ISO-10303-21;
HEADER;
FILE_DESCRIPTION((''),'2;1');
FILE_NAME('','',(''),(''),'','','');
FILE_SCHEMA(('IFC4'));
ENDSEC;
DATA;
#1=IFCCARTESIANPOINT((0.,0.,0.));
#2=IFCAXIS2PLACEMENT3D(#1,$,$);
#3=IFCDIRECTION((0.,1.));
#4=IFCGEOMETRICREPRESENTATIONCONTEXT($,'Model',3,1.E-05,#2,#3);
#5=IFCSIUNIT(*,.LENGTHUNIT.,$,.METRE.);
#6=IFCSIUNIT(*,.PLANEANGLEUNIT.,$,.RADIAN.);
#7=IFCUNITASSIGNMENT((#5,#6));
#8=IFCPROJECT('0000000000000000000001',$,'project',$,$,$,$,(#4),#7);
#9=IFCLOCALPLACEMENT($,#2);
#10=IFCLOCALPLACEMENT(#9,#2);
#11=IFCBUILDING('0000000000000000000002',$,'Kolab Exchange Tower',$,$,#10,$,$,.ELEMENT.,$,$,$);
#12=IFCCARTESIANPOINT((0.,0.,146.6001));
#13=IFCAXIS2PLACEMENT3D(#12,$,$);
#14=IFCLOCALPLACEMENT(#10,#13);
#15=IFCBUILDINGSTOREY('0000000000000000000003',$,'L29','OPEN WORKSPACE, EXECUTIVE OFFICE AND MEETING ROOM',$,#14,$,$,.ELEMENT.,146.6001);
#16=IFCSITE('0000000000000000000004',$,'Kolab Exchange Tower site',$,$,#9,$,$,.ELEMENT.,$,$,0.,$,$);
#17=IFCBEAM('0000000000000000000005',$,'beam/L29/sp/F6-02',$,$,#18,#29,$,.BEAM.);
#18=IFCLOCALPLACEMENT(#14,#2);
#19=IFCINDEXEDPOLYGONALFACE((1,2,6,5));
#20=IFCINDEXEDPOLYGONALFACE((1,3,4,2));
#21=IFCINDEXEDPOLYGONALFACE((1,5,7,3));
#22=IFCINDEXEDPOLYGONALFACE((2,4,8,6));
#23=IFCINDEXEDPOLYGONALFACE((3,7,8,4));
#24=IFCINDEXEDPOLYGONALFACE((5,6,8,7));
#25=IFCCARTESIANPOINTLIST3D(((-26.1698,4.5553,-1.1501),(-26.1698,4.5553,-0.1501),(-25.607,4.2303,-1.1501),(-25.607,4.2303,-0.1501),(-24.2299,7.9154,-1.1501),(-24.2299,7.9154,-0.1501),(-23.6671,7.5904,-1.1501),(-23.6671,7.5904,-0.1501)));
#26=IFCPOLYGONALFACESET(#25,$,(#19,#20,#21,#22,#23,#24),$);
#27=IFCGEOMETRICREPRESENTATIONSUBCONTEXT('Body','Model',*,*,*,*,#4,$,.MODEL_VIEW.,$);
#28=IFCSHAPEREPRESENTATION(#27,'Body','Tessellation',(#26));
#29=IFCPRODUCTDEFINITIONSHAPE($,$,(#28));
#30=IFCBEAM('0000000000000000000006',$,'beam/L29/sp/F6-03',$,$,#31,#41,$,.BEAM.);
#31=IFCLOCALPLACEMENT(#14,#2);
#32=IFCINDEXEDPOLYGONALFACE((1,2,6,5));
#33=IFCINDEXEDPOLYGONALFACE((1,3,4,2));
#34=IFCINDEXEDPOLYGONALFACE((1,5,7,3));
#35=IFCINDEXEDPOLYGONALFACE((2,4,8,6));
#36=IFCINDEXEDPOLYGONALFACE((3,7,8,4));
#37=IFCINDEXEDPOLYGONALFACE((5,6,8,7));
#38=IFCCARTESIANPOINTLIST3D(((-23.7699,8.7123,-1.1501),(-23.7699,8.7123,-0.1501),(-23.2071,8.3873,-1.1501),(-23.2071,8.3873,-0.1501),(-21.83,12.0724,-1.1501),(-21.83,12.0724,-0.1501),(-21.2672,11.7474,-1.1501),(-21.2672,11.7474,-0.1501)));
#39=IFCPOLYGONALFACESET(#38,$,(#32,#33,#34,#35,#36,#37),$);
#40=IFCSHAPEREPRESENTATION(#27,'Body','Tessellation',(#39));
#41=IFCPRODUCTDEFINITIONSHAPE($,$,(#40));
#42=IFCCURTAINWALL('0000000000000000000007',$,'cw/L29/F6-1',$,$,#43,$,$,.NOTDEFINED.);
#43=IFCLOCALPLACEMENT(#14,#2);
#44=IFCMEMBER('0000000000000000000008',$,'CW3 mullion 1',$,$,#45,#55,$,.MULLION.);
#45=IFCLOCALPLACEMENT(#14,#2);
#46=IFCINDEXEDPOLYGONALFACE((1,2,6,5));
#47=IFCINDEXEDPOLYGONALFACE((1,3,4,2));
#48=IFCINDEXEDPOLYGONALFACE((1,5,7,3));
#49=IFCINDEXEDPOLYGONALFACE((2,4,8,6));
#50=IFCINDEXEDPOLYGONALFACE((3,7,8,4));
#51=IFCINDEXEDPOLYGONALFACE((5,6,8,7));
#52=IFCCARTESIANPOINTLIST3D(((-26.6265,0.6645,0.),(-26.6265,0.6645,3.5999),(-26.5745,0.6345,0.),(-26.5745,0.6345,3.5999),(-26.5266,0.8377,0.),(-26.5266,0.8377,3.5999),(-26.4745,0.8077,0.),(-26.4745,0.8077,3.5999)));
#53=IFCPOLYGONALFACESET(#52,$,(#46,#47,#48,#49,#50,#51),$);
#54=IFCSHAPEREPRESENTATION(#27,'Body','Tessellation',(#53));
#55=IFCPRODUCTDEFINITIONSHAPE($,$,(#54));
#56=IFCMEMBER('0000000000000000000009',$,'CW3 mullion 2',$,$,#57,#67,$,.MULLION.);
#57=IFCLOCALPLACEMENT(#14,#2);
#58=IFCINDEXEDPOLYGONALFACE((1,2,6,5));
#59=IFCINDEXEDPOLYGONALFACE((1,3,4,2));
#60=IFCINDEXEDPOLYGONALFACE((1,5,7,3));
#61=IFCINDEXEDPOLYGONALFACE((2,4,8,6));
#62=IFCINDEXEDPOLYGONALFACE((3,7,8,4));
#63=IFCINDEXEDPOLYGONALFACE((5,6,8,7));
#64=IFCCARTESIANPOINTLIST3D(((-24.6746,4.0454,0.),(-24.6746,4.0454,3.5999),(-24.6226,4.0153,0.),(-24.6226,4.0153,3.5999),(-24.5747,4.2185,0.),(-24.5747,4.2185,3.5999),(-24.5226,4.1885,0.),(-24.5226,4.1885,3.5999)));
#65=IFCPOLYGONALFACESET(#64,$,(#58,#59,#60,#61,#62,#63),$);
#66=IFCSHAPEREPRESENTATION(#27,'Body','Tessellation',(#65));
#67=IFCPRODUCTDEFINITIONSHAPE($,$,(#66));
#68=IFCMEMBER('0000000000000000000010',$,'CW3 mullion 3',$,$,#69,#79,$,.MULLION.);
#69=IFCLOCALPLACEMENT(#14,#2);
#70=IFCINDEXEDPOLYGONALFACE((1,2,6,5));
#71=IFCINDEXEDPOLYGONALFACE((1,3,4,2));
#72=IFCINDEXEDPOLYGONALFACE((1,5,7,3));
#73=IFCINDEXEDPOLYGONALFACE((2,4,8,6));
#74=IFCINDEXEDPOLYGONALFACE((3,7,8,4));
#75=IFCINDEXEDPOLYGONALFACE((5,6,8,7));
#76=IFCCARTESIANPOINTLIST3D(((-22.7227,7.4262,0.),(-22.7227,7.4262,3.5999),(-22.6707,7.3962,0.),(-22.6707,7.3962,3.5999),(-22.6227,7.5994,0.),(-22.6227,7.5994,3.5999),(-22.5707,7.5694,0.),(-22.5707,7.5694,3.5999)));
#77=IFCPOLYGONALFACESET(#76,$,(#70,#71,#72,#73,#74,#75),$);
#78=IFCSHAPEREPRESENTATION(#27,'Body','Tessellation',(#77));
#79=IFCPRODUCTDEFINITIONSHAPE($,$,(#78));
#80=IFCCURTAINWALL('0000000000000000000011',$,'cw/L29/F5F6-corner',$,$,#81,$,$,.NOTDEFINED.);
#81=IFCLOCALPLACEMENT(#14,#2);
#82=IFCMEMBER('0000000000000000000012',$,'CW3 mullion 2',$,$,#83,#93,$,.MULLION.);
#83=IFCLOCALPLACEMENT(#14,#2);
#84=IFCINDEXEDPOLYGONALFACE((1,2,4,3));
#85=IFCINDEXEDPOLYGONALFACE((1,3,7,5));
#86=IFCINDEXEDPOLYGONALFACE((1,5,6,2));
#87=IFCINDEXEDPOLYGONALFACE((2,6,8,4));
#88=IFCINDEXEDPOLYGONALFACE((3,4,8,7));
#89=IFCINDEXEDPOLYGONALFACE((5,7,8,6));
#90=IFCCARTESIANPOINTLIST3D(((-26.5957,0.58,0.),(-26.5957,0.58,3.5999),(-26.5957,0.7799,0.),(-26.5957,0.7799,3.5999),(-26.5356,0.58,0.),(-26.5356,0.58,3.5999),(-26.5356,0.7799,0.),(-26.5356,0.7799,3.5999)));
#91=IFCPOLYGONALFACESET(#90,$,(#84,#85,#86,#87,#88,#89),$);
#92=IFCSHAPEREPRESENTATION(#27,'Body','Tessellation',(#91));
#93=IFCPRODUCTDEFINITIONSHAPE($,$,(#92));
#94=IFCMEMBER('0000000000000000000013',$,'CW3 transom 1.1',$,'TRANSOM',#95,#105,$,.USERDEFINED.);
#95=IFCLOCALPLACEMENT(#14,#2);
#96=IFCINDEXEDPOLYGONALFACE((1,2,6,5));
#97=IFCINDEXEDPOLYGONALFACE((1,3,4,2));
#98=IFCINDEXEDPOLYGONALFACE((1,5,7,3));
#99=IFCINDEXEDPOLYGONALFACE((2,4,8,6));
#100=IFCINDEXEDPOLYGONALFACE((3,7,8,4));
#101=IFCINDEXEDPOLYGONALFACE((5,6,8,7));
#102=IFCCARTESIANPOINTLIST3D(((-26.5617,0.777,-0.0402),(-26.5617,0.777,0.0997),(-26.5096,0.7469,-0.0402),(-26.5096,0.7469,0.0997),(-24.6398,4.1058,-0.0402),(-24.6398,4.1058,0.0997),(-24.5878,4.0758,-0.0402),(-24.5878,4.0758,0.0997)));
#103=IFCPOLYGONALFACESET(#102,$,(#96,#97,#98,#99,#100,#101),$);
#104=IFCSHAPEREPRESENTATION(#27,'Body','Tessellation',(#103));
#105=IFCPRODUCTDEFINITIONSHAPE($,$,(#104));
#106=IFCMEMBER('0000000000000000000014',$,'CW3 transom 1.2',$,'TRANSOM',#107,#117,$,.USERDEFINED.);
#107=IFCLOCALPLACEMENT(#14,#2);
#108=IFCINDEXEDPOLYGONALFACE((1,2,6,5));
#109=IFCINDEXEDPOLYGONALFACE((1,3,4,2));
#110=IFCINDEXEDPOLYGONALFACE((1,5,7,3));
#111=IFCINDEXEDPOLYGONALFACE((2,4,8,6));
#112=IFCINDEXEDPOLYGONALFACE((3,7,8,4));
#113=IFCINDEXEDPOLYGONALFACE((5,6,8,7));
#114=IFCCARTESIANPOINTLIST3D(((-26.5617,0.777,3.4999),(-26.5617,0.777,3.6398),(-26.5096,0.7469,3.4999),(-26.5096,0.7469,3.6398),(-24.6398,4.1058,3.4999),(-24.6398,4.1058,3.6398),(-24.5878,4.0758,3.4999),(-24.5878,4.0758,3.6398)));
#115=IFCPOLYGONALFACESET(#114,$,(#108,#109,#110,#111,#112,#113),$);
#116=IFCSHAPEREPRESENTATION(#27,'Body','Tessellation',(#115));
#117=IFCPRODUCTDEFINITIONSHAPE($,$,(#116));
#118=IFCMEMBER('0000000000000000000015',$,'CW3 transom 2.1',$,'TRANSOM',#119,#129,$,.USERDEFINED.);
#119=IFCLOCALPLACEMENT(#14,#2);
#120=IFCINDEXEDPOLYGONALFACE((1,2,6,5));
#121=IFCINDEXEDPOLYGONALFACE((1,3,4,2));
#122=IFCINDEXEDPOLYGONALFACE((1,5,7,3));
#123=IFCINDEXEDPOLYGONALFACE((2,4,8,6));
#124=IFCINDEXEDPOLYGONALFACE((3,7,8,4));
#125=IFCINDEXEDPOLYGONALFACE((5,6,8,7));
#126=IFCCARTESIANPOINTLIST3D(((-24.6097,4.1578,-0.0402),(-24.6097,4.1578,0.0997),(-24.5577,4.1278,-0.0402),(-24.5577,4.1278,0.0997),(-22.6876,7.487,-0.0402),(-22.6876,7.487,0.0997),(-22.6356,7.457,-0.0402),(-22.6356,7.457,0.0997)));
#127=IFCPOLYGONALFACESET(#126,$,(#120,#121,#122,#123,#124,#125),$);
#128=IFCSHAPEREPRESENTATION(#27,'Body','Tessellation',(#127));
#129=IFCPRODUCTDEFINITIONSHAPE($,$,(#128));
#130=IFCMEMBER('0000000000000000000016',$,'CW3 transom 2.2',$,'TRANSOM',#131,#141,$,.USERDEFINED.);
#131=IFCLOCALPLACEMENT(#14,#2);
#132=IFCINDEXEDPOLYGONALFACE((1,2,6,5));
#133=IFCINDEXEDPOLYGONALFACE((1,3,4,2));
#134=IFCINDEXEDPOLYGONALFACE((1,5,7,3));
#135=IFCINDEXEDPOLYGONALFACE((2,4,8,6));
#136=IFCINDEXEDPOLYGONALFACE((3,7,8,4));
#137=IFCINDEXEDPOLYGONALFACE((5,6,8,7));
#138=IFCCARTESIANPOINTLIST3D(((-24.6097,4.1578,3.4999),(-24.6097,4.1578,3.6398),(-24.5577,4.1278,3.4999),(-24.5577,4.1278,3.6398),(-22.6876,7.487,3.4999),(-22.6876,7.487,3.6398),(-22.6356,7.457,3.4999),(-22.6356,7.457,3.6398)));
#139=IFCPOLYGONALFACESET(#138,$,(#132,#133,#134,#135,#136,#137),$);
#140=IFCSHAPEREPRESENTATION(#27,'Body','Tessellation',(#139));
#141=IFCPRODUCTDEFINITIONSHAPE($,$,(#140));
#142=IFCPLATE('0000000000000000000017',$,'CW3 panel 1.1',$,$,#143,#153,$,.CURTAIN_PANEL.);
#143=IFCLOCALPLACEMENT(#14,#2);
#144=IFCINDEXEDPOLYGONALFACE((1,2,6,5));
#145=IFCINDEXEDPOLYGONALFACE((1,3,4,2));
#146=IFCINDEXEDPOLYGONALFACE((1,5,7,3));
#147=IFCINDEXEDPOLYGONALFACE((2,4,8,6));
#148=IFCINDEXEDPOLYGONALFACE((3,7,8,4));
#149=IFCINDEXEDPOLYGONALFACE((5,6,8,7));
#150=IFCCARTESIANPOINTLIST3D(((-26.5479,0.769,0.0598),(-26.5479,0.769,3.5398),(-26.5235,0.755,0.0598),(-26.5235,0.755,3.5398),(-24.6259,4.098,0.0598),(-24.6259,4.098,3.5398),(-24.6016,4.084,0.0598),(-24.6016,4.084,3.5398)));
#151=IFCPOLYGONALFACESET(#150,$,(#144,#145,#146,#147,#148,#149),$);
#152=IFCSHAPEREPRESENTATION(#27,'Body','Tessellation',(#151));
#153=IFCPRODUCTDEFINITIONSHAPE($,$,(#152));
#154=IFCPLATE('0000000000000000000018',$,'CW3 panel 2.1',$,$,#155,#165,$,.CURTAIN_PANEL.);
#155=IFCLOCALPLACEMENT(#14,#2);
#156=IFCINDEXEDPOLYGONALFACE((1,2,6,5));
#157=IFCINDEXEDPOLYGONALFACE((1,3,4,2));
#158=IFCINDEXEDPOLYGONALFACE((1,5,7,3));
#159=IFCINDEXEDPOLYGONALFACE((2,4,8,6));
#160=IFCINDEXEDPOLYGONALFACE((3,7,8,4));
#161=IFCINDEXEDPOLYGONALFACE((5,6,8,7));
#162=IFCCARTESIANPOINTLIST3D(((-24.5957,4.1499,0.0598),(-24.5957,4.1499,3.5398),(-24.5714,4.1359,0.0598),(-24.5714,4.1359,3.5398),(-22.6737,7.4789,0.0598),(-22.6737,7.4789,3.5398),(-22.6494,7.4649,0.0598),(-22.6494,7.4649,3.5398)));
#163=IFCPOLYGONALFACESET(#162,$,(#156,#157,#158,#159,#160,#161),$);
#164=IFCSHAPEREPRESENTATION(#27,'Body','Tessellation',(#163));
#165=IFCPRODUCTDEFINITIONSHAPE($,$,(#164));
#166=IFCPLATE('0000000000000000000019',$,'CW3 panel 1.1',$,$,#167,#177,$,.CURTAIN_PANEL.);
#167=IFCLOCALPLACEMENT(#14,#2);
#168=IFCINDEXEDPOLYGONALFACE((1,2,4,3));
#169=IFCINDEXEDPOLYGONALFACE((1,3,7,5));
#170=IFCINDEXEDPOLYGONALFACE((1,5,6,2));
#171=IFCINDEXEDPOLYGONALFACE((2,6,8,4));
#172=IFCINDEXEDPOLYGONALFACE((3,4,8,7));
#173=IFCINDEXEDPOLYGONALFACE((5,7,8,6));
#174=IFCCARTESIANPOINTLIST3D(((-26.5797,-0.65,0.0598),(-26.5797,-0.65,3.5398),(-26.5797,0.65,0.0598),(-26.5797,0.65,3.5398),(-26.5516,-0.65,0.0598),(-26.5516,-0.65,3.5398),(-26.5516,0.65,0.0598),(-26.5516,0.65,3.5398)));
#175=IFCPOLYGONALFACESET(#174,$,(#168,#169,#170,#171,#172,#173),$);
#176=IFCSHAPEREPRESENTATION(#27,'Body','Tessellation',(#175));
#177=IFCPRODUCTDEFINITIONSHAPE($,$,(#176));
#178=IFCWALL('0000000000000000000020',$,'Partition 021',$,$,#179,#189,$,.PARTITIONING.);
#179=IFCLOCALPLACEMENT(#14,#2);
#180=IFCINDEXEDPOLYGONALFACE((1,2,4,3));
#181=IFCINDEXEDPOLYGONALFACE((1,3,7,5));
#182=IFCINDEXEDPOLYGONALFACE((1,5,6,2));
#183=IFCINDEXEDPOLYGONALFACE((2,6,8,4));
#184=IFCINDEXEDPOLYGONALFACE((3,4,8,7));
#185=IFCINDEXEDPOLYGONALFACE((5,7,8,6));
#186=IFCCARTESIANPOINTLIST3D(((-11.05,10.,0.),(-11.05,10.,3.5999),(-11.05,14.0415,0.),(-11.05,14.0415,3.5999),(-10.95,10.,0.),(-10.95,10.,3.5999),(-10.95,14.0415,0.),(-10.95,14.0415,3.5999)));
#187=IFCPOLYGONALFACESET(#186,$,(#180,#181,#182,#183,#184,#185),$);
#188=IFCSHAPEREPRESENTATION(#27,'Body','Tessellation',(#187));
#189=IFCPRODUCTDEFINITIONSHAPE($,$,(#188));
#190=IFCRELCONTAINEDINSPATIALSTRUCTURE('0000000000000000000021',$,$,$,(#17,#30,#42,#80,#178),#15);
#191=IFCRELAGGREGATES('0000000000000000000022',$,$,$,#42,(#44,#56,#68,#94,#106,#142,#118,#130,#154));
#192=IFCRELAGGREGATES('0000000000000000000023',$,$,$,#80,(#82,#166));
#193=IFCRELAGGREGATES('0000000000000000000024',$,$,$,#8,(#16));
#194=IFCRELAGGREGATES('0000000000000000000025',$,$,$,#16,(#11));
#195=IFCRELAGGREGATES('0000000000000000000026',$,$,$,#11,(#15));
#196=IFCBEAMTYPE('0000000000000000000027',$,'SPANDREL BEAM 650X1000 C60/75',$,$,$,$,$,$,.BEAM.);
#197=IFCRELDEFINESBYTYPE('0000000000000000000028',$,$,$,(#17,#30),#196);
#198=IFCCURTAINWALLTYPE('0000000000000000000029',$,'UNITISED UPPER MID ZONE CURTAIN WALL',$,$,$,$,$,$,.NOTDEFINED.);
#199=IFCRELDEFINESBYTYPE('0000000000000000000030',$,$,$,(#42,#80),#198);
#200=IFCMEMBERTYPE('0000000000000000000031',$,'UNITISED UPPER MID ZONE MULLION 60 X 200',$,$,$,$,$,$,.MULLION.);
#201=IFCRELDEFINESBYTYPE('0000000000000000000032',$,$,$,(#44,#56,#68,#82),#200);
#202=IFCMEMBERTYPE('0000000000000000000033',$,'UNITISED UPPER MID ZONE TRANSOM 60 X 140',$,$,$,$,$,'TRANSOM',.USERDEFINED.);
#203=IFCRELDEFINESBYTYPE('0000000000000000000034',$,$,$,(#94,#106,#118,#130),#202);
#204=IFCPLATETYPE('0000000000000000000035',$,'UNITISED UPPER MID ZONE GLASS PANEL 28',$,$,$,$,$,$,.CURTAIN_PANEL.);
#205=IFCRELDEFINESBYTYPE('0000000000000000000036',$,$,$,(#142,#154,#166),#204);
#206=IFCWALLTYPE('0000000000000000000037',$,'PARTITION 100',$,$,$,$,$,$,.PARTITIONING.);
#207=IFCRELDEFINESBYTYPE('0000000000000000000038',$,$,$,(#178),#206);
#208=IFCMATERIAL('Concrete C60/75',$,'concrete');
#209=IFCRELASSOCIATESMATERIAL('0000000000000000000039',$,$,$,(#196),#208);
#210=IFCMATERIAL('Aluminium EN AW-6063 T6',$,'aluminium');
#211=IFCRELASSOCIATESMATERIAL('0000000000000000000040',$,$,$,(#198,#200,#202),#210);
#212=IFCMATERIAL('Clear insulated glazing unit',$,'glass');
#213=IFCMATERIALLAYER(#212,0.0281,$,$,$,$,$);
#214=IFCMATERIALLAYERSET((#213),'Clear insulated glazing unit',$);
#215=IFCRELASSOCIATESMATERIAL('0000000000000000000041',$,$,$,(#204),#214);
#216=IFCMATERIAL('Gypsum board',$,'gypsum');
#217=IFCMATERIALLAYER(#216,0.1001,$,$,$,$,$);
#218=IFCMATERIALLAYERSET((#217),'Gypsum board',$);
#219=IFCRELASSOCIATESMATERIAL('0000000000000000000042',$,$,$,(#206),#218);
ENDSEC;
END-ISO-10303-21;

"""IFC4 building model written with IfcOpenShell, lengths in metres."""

from ifc_helpers import new_model, si_unit, direction, frame, frame_2d, origin, origin_2d, place, context, subcontext, project, spatial, rectangle, extrude, material, layer, layer_set, material_profile, profile_set, type_object, element, aggregate, save


model = new_model("IFC4")

# Units and contexts
model_context = context("Model", 3, precision=1e-05, world=origin(), true_north=direction((0.0, 1.0)))
body_context = subcontext(model_context, "Body", "Model", "MODEL_VIEW")
ifc_project = project(units=[si_unit("LENGTHUNIT", "METRE"), si_unit("PLANEANGLEUNIT", "RADIAN")], contexts=[model_context])

# Site, building, storey
site_placement = place(None, origin())
site = spatial("IfcSite", under=ifc_project, at=site_placement, Name="Kolab Exchange Tower site", CompositionType="ELEMENT", RefElevation=0.0)
building_placement = place(site_placement, origin())
building = spatial("IfcBuilding", under=site, at=building_placement, Name="Kolab Exchange Tower", CompositionType="ELEMENT")
storey_placement = place(building_placement, frame((0.0, 0.0, 146.6001)))
storey = spatial("IfcBuildingStorey", under=building, at=storey_placement, Name="L29", Description="OPEN WORKSPACE, EXECUTIVE OFFICE AND MEETING ROOM", CompositionType="ELEMENT", Elevation=146.6001)

# Shared definitions
ifc_material_1 = material(Name="Concrete C60/75", Category="concrete")

# Beams
ifc_material_profile_1 = material_profile(ifc_material_1, rectangle(XDim=0.6499, YDim=1.0, at=origin_2d()), Name="RC650X1000")
ifc_profile_set_1 = profile_set([ifc_material_profile_1], Name="Concrete C60/75")
beam_type_1 = type_object("IfcBeamType", Name="SPANDREL BEAM 650X1000 C60/75", PredefinedType="BEAM", material=ifc_profile_set_1)
for number, where, z_axis, x_axis, name in (
    (1, (-25.8884, 4.3928, -0.6501), (0.499997, 0.866027, 0.0), (-0.866027, 0.499997, 0.0), "beam/L29/sp/F6-02"),
    (2, (-23.4885, 8.5498, -0.6501), (0.499997, 0.866027, 0.0), (-0.866027, 0.499997, 0.0), "beam/L29/sp/F6-03"),
):
    element("IfcBeam", number, at=place(storey_placement, frame(where, z_axis=z_axis, x_axis=x_axis)), inside=storey, type_object=beam_type_1, Name=name, PredefinedType="BEAM", context=body_context, shape_type="SweptSolid", body=[
        extrude(rectangle(XDim=0.6499, YDim=1.0, at=origin_2d()), origin(), (0.0, 0.0, 1.0), 3.8799),
    ])

# Curtain wall, members
ifc_material_2 = material(Name="Aluminium EN AW-6063 T6", Category="aluminium")
curtain_wall_type = type_object("IfcCurtainWallType", Name="UNITISED UPPER MID ZONE CURTAIN WALL", PredefinedType="NOTDEFINED", material=ifc_material_2)
curtain_wall_1_placement = place(storey_placement, origin())
curtain_wall_1 = element("IfcCurtainWall", 3, at=curtain_wall_1_placement, inside=storey, type_object=curtain_wall_type, Name="cw/L29/F6-1", PredefinedType="NOTDEFINED")
ifc_material_profile_2 = material_profile(ifc_material_2, rectangle(XDim=0.0601, YDim=0.2, at=origin_2d()), Name="RECT 60X200")
ifc_profile_set_2 = profile_set([ifc_material_profile_2], Name="Aluminium EN AW-6063 T6")
member_type_1 = type_object("IfcMemberType", Name="UNITISED UPPER MID ZONE MULLION 60 X 200", PredefinedType="MULLION", material=ifc_profile_set_2)
member_1_placement = place(storey_placement, frame((-26.5505, 0.7361, 0.0), z_axis=(0.0, 0.0, 1.0), x_axis=(-0.866025, 0.5, 0.0)))
member_1 = element("IfcMember", 4, at=member_1_placement, type_object=member_type_1, Name="CW3 mullion 1", PredefinedType="MULLION", context=body_context, shape_type="SweptSolid", body=[
    extrude(rectangle(XDim=0.0601, YDim=0.2, at=origin_2d()), origin(), (0.0, 0.0, 1.0), 3.5999),
])
member_2_placement = place(storey_placement, frame((-24.5986, 4.1169, 0.0), z_axis=(0.0, 0.0, 1.0), x_axis=(-0.866025, 0.5, 0.0)))
member_2 = element("IfcMember", 5, at=member_2_placement, type_object=member_type_1, Name="CW3 mullion 2", PredefinedType="MULLION", context=body_context, shape_type="SweptSolid", body=[
    extrude(rectangle(XDim=0.0601, YDim=0.2, at=origin_2d()), origin(), (0.0, 0.0, 1.0), 3.5999),
])
member_3_placement = place(storey_placement, frame((-22.6467, 7.4978, 0.0), z_axis=(0.0, 0.0, 1.0), x_axis=(-0.866025, 0.5, 0.0)))
member_3 = element("IfcMember", 6, at=member_3_placement, type_object=member_type_1, Name="CW3 mullion 3", PredefinedType="MULLION", context=body_context, shape_type="SweptSolid", body=[
    extrude(rectangle(XDim=0.0601, YDim=0.2, at=origin_2d()), origin(), (0.0, 0.0, 1.0), 3.5999),
])

# Curtain wall, member
curtain_wall_2_placement = place(storey_placement, origin())
curtain_wall_2 = element("IfcCurtainWall", 7, at=curtain_wall_2_placement, inside=storey, type_object=curtain_wall_type, Name="cw/L29/F5F6-corner", PredefinedType="NOTDEFINED")
member_4_placement = place(storey_placement, frame((-26.5657, 0.6799, 0.0), z_axis=(0.0, 0.0, 1.0), x_axis=(-1.0, 0.0, 0.0)))
member_4 = element("IfcMember", 8, at=member_4_placement, type_object=member_type_1, Name="CW3 mullion 2", PredefinedType="MULLION", context=body_context, shape_type="SweptSolid", body=[
    extrude(rectangle(XDim=0.0601, YDim=0.2, at=origin_2d()), origin(), (0.0, 0.0, 1.0), 3.5999),
])

# Members
ifc_material_profile_3 = material_profile(ifc_material_2, rectangle(XDim=0.0601, YDim=0.1399, at=origin_2d()), Name="RECT 60X140")
ifc_profile_set_3 = profile_set([ifc_material_profile_3], Name="Aluminium EN AW-6063 T6")
member_type_2 = type_object("IfcMemberType", Name="UNITISED UPPER MID ZONE TRANSOM 60 X 140", ElementType="TRANSOM", PredefinedType="USERDEFINED", material=ifc_profile_set_3)
member_5_placement = place(storey_placement, frame((-26.5356, 0.762, 0.0298), z_axis=(0.499992, 0.86603, 0.0), x_axis=(-0.86603, 0.499992, 0.0)))
member_5 = element("IfcMember", 9, at=member_5_placement, type_object=member_type_2, Name="CW3 transom 1.1", ObjectType="TRANSOM", PredefinedType="USERDEFINED", context=body_context, shape_type="SweptSolid", body=[
    extrude(rectangle(XDim=0.0601, YDim=0.1399, at=origin_2d()), origin(), (0.0, 0.0, 1.0), 3.8438),
])
member_6_placement = place(storey_placement, frame((-26.5356, 0.762, 3.5698), z_axis=(0.499992, 0.86603, 0.0), x_axis=(-0.86603, 0.499992, 0.0)))
member_6 = element("IfcMember", 10, at=member_6_placement, type_object=member_type_2, Name="CW3 transom 1.2", ObjectType="TRANSOM", PredefinedType="USERDEFINED", context=body_context, shape_type="SweptSolid", body=[
    extrude(rectangle(XDim=0.0601, YDim=0.1399, at=origin_2d()), origin(), (0.0, 0.0, 1.0), 3.8438),
])
member_7_placement = place(storey_placement, frame((-24.5837, 4.1428, 0.0298), z_axis=(0.500012, 0.866018, 0.0), x_axis=(-0.866018, 0.500012, 0.0)))
member_7 = element("IfcMember", 11, at=member_7_placement, type_object=member_type_2, Name="CW3 transom 2.1", ObjectType="TRANSOM", PredefinedType="USERDEFINED", context=body_context, shape_type="SweptSolid", body=[
    extrude(rectangle(XDim=0.0601, YDim=0.1399, at=origin_2d()), origin(), (0.0, 0.0, 1.0), 3.8442),
])
member_8_placement = place(storey_placement, frame((-24.5837, 4.1428, 3.5698), z_axis=(0.500012, 0.866018, 0.0), x_axis=(-0.866018, 0.500012, 0.0)))
member_8 = element("IfcMember", 12, at=member_8_placement, type_object=member_type_2, Name="CW3 transom 2.2", ObjectType="TRANSOM", PredefinedType="USERDEFINED", context=body_context, shape_type="SweptSolid", body=[
    extrude(rectangle(XDim=0.0601, YDim=0.1399, at=origin_2d()), origin(), (0.0, 0.0, 1.0), 3.8442),
])

# Plates
ifc_material_3 = material(Name="Clear insulated glazing unit", Category="glass")
ifc_layer_1 = layer(ifc_material_3, 0.0281)
ifc_layer_set_1 = layer_set([ifc_layer_1], Name="Clear insulated glazing unit")
plate_type = type_object("IfcPlateType", Name="UNITISED UPPER MID ZONE GLASS PANEL 28", PredefinedType="CURTAIN_PANEL", material=ifc_layer_set_1)
plate_1_placement = place(storey_placement, frame((-25.5747, 2.4265, 0.0598), z_axis=(0.0, 0.0, 1.0), x_axis=(0.5, 0.866025, 0.0)))
plate_1 = element("IfcPlate", 13, at=plate_1_placement, type_object=plate_type, Name="CW3 panel 1.1", PredefinedType="CURTAIN_PANEL", context=body_context, shape_type="SweptSolid", body=[
    extrude(rectangle(XDim=3.844, YDim=0.0281, at=origin_2d()), origin(), (0.0, 0.0, 1.0), 3.48),
])
plate_2_placement = place(storey_placement, frame((-23.6226, 5.8074, 0.0598), z_axis=(0.0, 0.0, 1.0), x_axis=(0.5, 0.866025, 0.0)))
plate_2 = element("IfcPlate", 14, at=plate_2_placement, type_object=plate_type, Name="CW3 panel 2.1", PredefinedType="CURTAIN_PANEL", context=body_context, shape_type="SweptSolid", body=[
    extrude(rectangle(XDim=3.844, YDim=0.0281, at=origin_2d()), origin(), (0.0, 0.0, 1.0), 3.48),
])
aggregate(curtain_wall_1, [member_1, member_2, member_3, member_5, member_6, plate_1, member_7, member_8, plate_2])
plate_3_placement = place(storey_placement, frame((-26.5657, 0.0, 0.0598), z_axis=(0.0, 0.0, 1.0), x_axis=(0.0, 1.0, 0.0)))
plate_3 = element("IfcPlate", 15, at=plate_3_placement, type_object=plate_type, Name="CW3 panel 1.1", PredefinedType="CURTAIN_PANEL", context=body_context, shape_type="SweptSolid", body=[
    extrude(rectangle(XDim=1.3, YDim=0.0281, at=origin_2d()), origin(), (0.0, 0.0, 1.0), 3.48),
])
aggregate(curtain_wall_2, [member_4, plate_3])

# Wall
ifc_material_4 = material(Name="Gypsum board", Category="gypsum")
ifc_layer_2 = layer(ifc_material_4, 0.1001)
ifc_layer_set_2 = layer_set([ifc_layer_2], Name="Gypsum board")
wall_type_1 = type_object("IfcWallType", Name="PARTITION 100", PredefinedType="PARTITIONING", material=ifc_layer_set_2)
wall_1_placement = place(storey_placement, frame((-11.0, 10.0, 0.0), z_axis=(0.0, 0.0, 1.0), x_axis=(0.0, 1.0, 0.0)))
element("IfcWall", 16, at=wall_1_placement, inside=storey, type_object=wall_type_1, Name="Partition 021", PredefinedType="PARTITIONING", context=body_context, shape_type="SweptSolid", body=[
    extrude(rectangle(XDim=4.0415, YDim=0.1001, at=frame_2d((2.0208, 0.0))), origin(), (0.0, 0.0, 1.0), 3.5999),
])

save(model, "model.ifc")
